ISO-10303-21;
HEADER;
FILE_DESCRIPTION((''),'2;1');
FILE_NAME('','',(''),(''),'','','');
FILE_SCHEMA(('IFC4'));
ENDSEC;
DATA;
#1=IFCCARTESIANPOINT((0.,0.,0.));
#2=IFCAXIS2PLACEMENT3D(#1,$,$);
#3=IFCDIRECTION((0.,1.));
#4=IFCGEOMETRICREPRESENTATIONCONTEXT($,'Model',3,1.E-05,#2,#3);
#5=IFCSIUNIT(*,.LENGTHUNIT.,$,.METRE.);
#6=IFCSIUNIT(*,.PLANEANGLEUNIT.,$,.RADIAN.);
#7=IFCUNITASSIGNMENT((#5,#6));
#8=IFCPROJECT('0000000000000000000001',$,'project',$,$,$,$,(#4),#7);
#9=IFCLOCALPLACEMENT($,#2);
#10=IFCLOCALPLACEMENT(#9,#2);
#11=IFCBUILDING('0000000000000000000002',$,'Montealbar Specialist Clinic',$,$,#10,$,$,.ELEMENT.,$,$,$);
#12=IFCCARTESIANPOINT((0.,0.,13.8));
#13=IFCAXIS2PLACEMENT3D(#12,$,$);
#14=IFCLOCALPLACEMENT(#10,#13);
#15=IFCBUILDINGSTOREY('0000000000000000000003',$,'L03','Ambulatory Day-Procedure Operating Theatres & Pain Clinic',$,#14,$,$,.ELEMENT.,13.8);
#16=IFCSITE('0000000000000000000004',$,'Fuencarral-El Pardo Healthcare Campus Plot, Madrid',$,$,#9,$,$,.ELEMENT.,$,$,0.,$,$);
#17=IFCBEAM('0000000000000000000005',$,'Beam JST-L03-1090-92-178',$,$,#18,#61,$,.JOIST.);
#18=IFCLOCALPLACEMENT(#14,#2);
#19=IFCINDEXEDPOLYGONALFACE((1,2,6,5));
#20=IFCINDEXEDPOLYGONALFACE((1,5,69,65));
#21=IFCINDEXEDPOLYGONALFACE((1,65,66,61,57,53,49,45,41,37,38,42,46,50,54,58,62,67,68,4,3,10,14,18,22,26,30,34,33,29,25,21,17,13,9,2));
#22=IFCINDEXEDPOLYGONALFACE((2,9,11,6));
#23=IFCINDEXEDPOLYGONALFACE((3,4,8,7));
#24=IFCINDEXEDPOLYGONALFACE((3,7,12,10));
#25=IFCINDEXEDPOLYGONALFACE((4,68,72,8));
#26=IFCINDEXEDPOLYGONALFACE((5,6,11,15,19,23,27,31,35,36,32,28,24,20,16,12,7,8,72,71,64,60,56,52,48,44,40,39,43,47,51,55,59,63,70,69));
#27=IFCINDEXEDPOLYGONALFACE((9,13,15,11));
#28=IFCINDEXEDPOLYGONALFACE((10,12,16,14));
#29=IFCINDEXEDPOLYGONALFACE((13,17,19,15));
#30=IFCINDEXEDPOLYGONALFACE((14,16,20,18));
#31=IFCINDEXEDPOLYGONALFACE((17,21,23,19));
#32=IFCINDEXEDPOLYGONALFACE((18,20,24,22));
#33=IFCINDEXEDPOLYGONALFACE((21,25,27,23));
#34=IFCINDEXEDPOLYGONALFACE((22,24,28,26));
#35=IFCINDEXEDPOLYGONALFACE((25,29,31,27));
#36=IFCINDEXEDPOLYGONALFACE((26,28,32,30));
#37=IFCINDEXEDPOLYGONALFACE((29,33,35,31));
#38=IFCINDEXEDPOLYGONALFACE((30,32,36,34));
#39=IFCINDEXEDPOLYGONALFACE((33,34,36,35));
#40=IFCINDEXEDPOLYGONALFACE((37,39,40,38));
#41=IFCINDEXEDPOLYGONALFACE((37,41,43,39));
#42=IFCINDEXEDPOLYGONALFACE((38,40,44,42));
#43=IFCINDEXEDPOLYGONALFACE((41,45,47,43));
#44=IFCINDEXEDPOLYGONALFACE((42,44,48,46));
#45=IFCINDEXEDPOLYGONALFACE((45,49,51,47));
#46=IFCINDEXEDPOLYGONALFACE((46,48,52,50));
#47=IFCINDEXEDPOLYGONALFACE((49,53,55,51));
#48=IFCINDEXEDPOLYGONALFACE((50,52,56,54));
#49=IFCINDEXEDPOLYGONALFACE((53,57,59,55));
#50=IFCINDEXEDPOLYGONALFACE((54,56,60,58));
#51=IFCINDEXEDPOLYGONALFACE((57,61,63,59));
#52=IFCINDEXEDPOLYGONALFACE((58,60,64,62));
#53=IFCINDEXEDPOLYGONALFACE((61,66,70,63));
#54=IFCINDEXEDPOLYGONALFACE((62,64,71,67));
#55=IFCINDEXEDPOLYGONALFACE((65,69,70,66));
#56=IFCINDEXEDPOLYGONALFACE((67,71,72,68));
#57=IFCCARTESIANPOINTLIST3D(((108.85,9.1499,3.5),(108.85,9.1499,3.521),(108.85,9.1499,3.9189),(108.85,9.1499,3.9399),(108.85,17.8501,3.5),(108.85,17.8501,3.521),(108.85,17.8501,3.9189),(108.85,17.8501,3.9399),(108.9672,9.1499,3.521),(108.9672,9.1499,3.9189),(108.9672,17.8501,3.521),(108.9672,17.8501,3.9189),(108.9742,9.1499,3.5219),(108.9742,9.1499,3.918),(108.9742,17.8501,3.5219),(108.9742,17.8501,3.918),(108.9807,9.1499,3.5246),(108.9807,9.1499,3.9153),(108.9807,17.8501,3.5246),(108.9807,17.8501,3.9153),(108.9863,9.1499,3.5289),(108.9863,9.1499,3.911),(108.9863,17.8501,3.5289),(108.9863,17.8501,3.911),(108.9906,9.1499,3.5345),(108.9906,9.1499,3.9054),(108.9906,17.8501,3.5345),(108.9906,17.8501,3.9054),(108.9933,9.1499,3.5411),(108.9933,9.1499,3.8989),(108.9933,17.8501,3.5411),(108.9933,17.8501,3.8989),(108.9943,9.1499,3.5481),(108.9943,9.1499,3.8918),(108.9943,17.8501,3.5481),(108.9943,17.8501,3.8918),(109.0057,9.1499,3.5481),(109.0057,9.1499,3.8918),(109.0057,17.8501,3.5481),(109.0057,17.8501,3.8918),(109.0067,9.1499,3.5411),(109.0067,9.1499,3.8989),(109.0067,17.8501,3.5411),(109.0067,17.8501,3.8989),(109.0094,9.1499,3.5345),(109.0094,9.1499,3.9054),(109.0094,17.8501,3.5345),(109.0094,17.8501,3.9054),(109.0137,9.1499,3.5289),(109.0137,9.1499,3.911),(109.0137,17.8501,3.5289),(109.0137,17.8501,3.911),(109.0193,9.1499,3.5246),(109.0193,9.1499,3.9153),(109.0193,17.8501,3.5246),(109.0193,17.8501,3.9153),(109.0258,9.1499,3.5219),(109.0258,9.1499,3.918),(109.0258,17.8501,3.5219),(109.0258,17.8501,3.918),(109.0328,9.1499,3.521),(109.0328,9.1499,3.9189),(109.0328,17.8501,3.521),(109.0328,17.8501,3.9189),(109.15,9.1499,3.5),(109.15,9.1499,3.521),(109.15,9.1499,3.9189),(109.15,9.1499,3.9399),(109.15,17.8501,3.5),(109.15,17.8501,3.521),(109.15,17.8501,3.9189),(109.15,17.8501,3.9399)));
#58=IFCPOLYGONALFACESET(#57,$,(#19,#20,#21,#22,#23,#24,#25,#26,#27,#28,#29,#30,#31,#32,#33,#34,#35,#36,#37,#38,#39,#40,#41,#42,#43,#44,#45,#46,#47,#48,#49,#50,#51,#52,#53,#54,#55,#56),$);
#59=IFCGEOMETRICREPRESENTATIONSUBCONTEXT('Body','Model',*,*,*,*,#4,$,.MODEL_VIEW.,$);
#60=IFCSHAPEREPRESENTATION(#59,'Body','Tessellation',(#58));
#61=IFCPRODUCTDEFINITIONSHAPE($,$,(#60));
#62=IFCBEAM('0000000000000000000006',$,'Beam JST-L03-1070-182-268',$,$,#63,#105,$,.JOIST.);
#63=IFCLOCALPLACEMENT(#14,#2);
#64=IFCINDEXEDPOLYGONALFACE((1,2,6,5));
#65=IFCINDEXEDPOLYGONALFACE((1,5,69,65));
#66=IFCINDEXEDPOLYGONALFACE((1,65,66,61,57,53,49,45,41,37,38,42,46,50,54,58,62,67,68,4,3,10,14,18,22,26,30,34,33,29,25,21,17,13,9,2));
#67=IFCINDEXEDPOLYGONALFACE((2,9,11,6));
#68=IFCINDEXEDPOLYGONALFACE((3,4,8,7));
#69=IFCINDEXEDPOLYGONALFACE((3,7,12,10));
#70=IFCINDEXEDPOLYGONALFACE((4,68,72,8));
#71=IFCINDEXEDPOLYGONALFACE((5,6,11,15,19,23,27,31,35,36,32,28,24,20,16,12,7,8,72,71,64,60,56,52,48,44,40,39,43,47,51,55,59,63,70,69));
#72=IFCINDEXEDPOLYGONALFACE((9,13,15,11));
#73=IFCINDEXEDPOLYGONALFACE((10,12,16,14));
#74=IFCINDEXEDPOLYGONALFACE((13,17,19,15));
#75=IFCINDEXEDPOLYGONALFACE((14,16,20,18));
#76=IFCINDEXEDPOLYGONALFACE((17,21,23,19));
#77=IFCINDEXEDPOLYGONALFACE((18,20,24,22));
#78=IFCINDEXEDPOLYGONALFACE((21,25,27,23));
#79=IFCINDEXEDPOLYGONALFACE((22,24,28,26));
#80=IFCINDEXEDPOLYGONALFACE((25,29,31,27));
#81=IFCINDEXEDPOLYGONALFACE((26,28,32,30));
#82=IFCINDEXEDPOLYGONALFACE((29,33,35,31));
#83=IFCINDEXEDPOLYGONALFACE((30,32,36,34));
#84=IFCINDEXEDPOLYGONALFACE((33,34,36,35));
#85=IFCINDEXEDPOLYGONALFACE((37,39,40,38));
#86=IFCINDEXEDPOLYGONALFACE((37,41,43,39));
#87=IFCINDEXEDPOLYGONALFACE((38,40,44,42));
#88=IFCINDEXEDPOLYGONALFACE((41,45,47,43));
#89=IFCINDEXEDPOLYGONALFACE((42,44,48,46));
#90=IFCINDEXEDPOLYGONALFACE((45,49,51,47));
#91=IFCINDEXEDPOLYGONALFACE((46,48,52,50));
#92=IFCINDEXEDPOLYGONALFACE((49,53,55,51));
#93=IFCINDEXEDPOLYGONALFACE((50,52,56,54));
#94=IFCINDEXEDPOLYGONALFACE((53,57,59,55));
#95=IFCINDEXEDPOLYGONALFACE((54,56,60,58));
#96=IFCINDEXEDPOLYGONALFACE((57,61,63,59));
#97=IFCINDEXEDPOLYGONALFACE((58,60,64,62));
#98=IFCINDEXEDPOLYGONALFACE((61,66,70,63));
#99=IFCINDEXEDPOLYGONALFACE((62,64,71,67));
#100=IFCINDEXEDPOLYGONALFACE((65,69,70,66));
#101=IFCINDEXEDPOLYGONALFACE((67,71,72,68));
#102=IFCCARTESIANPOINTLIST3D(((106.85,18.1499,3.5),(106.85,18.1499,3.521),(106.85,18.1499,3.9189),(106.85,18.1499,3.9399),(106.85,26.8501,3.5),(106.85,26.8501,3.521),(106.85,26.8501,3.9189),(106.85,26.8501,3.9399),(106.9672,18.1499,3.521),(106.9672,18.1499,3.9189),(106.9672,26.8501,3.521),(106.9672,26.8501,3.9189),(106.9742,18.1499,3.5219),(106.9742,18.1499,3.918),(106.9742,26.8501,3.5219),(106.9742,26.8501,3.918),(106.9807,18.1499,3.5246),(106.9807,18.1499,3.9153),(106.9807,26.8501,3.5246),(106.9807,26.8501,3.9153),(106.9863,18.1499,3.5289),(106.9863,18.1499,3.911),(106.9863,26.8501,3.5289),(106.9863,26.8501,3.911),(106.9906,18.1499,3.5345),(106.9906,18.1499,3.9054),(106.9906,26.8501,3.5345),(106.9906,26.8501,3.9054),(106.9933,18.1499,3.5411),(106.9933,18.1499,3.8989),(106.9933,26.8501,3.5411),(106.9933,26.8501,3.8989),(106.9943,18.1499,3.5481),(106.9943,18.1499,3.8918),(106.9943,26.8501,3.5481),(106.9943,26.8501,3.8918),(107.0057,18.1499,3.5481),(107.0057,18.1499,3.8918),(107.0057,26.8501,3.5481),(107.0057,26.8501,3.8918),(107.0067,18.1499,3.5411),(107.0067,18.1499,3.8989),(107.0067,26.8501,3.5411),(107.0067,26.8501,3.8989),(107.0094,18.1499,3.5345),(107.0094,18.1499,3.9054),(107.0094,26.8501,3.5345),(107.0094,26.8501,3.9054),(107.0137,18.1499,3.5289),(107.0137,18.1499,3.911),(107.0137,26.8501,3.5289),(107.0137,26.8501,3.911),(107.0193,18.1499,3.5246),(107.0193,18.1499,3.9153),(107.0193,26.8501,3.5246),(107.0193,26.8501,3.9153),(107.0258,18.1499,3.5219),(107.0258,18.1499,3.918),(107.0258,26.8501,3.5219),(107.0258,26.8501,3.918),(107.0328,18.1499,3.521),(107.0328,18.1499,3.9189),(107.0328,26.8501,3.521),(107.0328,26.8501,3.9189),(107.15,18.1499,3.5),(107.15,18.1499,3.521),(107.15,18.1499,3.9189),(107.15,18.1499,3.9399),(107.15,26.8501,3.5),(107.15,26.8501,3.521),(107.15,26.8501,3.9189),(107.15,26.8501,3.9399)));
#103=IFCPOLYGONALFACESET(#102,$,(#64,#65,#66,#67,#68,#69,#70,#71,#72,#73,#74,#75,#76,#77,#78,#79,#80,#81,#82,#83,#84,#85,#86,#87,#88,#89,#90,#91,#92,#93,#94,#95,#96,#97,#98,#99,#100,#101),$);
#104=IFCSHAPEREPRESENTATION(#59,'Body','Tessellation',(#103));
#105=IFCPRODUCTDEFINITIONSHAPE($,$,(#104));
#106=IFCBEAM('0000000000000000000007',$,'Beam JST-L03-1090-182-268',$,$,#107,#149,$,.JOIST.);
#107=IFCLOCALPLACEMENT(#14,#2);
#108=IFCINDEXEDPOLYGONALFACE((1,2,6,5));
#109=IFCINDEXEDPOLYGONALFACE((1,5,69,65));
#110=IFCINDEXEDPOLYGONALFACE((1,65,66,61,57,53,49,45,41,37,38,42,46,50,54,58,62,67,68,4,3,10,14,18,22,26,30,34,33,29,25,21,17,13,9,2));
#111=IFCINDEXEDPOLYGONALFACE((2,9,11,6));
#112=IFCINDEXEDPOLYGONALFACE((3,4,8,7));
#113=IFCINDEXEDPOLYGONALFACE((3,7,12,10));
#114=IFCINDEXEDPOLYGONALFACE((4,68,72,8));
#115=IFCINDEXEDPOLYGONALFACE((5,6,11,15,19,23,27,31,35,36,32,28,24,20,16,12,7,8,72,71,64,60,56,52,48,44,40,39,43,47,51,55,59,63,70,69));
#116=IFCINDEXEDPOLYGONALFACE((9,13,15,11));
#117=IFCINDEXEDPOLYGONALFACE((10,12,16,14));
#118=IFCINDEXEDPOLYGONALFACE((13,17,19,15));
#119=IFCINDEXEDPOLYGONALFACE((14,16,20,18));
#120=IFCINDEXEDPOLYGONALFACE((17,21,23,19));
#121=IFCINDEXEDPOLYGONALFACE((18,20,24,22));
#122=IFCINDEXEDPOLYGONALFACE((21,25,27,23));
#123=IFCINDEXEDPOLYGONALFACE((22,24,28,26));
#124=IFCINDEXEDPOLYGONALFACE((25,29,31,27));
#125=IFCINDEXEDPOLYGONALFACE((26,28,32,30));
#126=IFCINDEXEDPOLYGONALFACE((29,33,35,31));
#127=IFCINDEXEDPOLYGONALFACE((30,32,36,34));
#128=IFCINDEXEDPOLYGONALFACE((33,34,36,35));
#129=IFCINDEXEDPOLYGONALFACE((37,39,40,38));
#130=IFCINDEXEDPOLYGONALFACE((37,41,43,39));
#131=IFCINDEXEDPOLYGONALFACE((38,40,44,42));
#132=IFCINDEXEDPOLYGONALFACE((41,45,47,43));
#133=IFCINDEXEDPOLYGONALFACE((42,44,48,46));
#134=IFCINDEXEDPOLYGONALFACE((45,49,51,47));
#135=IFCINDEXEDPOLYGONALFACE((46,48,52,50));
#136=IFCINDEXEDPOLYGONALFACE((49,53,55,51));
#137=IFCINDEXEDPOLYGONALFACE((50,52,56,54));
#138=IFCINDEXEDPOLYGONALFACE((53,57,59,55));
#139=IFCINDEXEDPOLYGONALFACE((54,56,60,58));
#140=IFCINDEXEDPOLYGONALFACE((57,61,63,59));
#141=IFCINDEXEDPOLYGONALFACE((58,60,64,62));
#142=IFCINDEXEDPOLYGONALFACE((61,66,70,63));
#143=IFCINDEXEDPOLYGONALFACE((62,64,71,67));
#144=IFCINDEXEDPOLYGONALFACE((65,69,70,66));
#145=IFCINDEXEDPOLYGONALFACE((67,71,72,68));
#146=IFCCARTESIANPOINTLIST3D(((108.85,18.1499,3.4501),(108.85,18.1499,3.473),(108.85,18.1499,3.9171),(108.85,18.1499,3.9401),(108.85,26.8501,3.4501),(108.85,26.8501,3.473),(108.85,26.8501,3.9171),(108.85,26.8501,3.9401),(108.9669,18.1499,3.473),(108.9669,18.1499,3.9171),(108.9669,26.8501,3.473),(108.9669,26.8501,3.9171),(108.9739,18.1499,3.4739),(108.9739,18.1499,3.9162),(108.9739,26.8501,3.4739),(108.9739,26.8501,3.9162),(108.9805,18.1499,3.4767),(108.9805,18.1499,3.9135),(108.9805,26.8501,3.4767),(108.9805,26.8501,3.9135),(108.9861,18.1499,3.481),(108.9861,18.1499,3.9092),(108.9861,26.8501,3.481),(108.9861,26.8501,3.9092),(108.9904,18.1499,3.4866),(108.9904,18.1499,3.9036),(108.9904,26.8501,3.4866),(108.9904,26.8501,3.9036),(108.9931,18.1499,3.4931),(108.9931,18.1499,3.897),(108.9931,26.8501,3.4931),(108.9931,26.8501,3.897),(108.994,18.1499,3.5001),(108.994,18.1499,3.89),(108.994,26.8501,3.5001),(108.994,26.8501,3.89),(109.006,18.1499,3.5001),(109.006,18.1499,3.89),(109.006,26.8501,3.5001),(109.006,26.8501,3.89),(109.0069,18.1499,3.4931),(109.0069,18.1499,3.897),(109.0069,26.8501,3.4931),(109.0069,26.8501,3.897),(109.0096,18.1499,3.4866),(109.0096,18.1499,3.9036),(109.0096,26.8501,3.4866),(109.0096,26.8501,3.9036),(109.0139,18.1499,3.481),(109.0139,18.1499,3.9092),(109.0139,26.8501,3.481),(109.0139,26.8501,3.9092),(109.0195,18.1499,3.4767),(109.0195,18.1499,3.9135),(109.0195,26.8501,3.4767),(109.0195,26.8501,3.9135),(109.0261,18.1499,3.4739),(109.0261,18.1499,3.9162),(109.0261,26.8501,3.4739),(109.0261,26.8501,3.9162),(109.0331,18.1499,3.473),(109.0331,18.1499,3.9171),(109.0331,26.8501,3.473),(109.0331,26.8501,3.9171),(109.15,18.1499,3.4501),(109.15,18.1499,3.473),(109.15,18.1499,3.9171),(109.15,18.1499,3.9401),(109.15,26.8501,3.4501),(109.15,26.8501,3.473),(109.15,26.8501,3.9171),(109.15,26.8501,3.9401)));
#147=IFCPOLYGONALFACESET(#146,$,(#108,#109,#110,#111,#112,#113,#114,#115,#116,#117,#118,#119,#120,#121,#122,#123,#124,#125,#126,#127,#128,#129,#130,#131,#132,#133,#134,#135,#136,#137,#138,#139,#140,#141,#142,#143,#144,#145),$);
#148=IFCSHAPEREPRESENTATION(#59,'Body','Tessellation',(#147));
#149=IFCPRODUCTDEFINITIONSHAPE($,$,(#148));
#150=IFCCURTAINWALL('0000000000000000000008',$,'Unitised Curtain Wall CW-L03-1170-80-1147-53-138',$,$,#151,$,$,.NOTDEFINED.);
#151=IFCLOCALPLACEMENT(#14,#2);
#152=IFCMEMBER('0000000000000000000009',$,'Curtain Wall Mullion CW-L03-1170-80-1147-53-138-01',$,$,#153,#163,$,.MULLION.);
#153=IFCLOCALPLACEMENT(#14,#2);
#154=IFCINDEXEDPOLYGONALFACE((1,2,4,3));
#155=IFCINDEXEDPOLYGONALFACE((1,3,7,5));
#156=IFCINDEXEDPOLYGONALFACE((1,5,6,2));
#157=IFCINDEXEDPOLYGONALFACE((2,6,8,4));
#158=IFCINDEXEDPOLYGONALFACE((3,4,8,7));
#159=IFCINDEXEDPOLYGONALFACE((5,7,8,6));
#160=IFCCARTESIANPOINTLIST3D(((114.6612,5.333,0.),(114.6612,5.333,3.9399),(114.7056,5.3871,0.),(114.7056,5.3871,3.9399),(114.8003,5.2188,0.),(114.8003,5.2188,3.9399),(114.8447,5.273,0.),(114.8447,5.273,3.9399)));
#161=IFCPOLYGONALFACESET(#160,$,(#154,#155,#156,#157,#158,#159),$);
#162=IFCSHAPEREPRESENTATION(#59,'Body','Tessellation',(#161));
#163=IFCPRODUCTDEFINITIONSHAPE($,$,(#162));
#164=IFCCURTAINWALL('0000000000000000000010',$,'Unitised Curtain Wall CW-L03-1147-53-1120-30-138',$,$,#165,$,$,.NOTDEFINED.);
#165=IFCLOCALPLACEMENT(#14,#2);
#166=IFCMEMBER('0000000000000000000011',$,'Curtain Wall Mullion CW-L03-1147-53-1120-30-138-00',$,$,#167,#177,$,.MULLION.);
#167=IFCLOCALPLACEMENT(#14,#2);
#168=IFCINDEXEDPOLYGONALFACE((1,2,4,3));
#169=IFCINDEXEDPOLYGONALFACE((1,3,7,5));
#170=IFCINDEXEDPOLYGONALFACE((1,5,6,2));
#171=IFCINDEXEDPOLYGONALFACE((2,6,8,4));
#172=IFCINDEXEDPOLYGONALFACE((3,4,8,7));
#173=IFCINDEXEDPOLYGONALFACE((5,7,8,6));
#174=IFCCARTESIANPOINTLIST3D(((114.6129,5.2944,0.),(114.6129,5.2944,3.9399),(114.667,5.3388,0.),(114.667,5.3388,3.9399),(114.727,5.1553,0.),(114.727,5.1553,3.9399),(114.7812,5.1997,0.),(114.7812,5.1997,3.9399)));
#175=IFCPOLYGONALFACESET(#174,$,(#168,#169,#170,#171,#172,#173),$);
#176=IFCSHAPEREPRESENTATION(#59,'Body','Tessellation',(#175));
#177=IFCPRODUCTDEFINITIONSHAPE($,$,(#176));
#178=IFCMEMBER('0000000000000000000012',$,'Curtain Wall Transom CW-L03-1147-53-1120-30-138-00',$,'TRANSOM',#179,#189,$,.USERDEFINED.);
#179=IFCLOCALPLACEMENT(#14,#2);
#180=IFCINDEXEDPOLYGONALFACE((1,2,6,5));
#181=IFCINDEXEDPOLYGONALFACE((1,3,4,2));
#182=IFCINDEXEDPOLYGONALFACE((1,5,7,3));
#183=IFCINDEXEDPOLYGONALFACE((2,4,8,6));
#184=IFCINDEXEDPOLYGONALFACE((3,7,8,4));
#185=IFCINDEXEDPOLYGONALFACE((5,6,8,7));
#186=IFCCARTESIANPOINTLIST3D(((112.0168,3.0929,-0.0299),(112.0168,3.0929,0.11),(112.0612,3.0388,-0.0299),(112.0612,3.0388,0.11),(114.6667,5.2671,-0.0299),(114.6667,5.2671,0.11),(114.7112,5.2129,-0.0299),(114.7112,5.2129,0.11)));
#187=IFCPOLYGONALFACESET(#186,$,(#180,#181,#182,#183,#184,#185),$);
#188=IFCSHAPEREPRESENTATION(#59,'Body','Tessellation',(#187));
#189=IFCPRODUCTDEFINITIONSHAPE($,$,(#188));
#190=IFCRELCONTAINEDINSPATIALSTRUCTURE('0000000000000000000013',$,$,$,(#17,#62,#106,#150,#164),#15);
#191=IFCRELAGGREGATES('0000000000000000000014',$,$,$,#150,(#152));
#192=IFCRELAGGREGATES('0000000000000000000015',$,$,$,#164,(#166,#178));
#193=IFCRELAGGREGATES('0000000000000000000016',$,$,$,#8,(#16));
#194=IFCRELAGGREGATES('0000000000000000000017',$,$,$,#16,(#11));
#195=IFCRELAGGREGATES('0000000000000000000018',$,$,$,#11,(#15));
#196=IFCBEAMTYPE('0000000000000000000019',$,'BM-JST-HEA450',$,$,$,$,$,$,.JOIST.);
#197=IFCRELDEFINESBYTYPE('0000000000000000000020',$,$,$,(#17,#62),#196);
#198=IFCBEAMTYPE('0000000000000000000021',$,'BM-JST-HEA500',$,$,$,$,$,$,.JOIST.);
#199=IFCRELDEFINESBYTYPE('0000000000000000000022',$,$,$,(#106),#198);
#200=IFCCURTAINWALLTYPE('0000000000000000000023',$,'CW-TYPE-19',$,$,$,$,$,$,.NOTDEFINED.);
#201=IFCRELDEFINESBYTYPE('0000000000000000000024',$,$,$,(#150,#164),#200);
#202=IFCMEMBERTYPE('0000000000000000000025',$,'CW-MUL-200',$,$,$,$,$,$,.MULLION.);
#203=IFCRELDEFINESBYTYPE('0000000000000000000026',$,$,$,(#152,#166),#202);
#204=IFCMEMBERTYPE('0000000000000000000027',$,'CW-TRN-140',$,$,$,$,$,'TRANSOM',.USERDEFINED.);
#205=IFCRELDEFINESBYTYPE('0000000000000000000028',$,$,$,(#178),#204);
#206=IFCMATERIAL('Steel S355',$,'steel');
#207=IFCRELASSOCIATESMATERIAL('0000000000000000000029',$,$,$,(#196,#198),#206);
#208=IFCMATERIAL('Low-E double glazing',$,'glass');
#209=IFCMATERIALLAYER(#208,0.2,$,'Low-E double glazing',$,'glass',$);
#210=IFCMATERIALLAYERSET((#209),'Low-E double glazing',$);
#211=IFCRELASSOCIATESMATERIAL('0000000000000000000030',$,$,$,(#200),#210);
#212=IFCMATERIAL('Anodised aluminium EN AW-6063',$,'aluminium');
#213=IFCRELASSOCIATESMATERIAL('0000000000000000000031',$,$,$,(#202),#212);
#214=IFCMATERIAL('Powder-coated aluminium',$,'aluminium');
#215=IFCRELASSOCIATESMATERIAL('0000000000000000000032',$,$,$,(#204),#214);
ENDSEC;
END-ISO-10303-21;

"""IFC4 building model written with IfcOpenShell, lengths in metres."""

from ifc_helpers import new_model, si_unit, direction, frame, origin, origin_2d, place, context, subcontext, project, spatial, rectangle, i_section, extrude, material, layer, layer_set, material_profile, profile_set, type_object, element, aggregate, save


model = new_model("IFC4")

# Units and contexts
model_context = context("Model", 3, precision=1e-05, world=origin(), true_north=direction((0.0, 1.0)))
body_context = subcontext(model_context, "Body", "Model", "MODEL_VIEW")
ifc_project = project(units=[si_unit("LENGTHUNIT", "METRE"), si_unit("PLANEANGLEUNIT", "RADIAN")], contexts=[model_context])

# Site, building, storey
site_placement = place(None, origin())
site = spatial("IfcSite", under=ifc_project, at=site_placement, Name="Fuencarral-El Pardo Healthcare Campus Plot, Madrid", CompositionType="ELEMENT", RefElevation=0.0)
building_placement = place(site_placement, origin())
building = spatial("IfcBuilding", under=site, at=building_placement, Name="Montealbar Specialist Clinic", CompositionType="ELEMENT")
storey_placement = place(building_placement, frame((0.0, 0.0, 13.8)))
storey = spatial("IfcBuildingStorey", under=building, at=storey_placement, Name="L03", Description="Ambulatory Day-Procedure Operating Theatres & Pain Clinic", CompositionType="ELEMENT", Elevation=13.8)

# Shared definitions
ifc_material_1 = material(Name="Steel S355", Category="steel")

# Beams
ifc_material_profile_1 = material_profile(ifc_material_1, i_section(OverallWidth=0.3, OverallDepth=0.4399, WebThickness=0.0115, FlangeThickness=0.021, FilletRadius=0.0271, at=origin_2d()), Name="HEA 450", Category="steel")
ifc_profile_set_1 = profile_set([ifc_material_profile_1], Name="Steel S355")
beam_type_1 = type_object("IfcBeamType", Name="BM-JST-HEA450", PredefinedType="JOIST", material=ifc_profile_set_1)
for number, where, z_axis, x_axis, name in (
    (1, (109.0, 9.1499, 3.72), (0.0, 1.0, 0.0), (-1.0, 0.0, 0.0), "Beam JST-L03-1090-92-178"),
    (2, (107.0, 18.1499, 3.72), (0.0, 1.0, 0.0), (-1.0, 0.0, 0.0), "Beam JST-L03-1070-182-268"),
):
    element("IfcBeam", number, at=place(storey_placement, frame(where, z_axis=z_axis, x_axis=x_axis)), inside=storey, type_object=beam_type_1, Name=name, PredefinedType="JOIST", context=body_context, shape_type="SweptSolid", body=[
        extrude(i_section(OverallWidth=0.3, OverallDepth=0.4399, WebThickness=0.0115, FlangeThickness=0.021, FilletRadius=0.0271, at=origin_2d()), origin(), (0.0, 0.0, 1.0), 8.7002),
    ])
ifc_material_profile_2 = material_profile(ifc_material_1, i_section(OverallWidth=0.3, OverallDepth=0.49, WebThickness=0.012, FlangeThickness=0.0229, FilletRadius=0.0271, at=origin_2d()), Name="HEA 500", Category="steel")
ifc_profile_set_2 = profile_set([ifc_material_profile_2], Name="Steel S355")
beam_type_2 = type_object("IfcBeamType", Name="BM-JST-HEA500", PredefinedType="JOIST", material=ifc_profile_set_2)
beam_1_placement = place(storey_placement, frame((109.0, 18.1499, 3.6951), z_axis=(0.0, 1.0, 0.0), x_axis=(-1.0, 0.0, 0.0)))
element("IfcBeam", 3, at=beam_1_placement, inside=storey, type_object=beam_type_2, Name="Beam JST-L03-1090-182-268", PredefinedType="JOIST", context=body_context, shape_type="SweptSolid", body=[
    extrude(i_section(OverallWidth=0.3, OverallDepth=0.49, WebThickness=0.012, FlangeThickness=0.0229, FilletRadius=0.0271, at=origin_2d()), origin(), (0.0, 0.0, 1.0), 8.7002),
])

# Curtain wall, member
ifc_material_2 = material(Name="Low-E double glazing", Category="glass")
ifc_layer_1 = layer(ifc_material_2, 0.2, Name="Low-E double glazing", Category="glass")
ifc_layer_set_1 = layer_set([ifc_layer_1], Name="Low-E double glazing")
curtain_wall_type = type_object("IfcCurtainWallType", Name="CW-TYPE-19", PredefinedType="NOTDEFINED", material=ifc_layer_set_1)
curtain_wall_1_placement = place(storey_placement, origin())
curtain_wall_1 = element("IfcCurtainWall", 4, at=curtain_wall_1_placement, inside=storey, type_object=curtain_wall_type, Name="Unitised Curtain Wall CW-L03-1170-80-1147-53-138", PredefinedType="NOTDEFINED")
ifc_material_3 = material(Name="Anodised aluminium EN AW-6063", Category="aluminium")
ifc_material_profile_3 = material_profile(ifc_material_3, rectangle(XDim=0.0701, YDim=0.1799, at=origin_2d()), Name="ALU 70x180", Category="aluminium")
ifc_profile_set_3 = profile_set([ifc_material_profile_3], Name="Anodised aluminium EN AW-6063")
member_type_1 = type_object("IfcMemberType", Name="CW-MUL-200", PredefinedType="MULLION", material=ifc_profile_set_3)
member_1_placement = place(storey_placement, frame((114.7529, 5.303, 0.0), z_axis=(0.0, 0.0, 1.0), x_axis=(-0.634256, -0.773123, 0.0)))
member_1 = element("IfcMember", 5, at=member_1_placement, type_object=member_type_1, Name="Curtain Wall Mullion CW-L03-1170-80-1147-53-138-01", PredefinedType="MULLION", context=body_context, shape_type="SweptSolid", body=[
    extrude(rectangle(XDim=0.0701, YDim=0.1799, at=origin_2d()), origin(), (0.0, 0.0, 1.0), 3.9399),
])

# Curtain wall, members
curtain_wall_2_placement = place(storey_placement, origin())
curtain_wall_2 = element("IfcCurtainWall", 6, at=curtain_wall_2_placement, inside=storey, type_object=curtain_wall_type, Name="Unitised Curtain Wall CW-L03-1147-53-1120-30-138", PredefinedType="NOTDEFINED")
member_2_placement = place(storey_placement, frame((114.697, 5.2471, 0.0), z_axis=(0.0, 0.0, 1.0), x_axis=(-0.773123, -0.634256, 0.0)))
member_2 = element("IfcMember", 7, at=member_2_placement, type_object=member_type_1, Name="Curtain Wall Mullion CW-L03-1147-53-1120-30-138-00", PredefinedType="MULLION", context=body_context, shape_type="SweptSolid", body=[
    extrude(rectangle(XDim=0.0701, YDim=0.1799, at=origin_2d()), origin(), (0.0, 0.0, 1.0), 3.9399),
])
ifc_material_4 = material(Name="Powder-coated aluminium", Category="aluminium")
ifc_material_profile_4 = material_profile(ifc_material_4, rectangle(XDim=0.0701, YDim=0.1399, at=origin_2d()), Name="ALU 70x140", Category="aluminium")
ifc_profile_set_4 = profile_set([ifc_material_profile_4], Name="Powder-coated aluminium")
member_type_2 = type_object("IfcMemberType", Name="CW-TRN-140", ElementType="TRANSOM", PredefinedType="USERDEFINED", material=ifc_profile_set_4)
member_3_placement = place(storey_placement, frame((114.689, 5.24, 0.04), z_axis=(-0.773103, -0.634281, 0.0), x_axis=(0.634281, -0.773103, 0.0)))
member_3 = element("IfcMember", 8, at=member_3_placement, type_object=member_type_2, Name="Curtain Wall Transom CW-L03-1147-53-1120-30-138-00", ObjectType="TRANSOM", PredefinedType="USERDEFINED", context=body_context, shape_type="SweptSolid", body=[
    extrude(rectangle(XDim=0.0701, YDim=0.1399, at=origin_2d()), origin(), (0.0, 0.0, 1.0), 3.4277),
])

aggregate(curtain_wall_1, [member_1])
aggregate(curtain_wall_2, [member_2, member_3])

save(model, "model.ifc")
